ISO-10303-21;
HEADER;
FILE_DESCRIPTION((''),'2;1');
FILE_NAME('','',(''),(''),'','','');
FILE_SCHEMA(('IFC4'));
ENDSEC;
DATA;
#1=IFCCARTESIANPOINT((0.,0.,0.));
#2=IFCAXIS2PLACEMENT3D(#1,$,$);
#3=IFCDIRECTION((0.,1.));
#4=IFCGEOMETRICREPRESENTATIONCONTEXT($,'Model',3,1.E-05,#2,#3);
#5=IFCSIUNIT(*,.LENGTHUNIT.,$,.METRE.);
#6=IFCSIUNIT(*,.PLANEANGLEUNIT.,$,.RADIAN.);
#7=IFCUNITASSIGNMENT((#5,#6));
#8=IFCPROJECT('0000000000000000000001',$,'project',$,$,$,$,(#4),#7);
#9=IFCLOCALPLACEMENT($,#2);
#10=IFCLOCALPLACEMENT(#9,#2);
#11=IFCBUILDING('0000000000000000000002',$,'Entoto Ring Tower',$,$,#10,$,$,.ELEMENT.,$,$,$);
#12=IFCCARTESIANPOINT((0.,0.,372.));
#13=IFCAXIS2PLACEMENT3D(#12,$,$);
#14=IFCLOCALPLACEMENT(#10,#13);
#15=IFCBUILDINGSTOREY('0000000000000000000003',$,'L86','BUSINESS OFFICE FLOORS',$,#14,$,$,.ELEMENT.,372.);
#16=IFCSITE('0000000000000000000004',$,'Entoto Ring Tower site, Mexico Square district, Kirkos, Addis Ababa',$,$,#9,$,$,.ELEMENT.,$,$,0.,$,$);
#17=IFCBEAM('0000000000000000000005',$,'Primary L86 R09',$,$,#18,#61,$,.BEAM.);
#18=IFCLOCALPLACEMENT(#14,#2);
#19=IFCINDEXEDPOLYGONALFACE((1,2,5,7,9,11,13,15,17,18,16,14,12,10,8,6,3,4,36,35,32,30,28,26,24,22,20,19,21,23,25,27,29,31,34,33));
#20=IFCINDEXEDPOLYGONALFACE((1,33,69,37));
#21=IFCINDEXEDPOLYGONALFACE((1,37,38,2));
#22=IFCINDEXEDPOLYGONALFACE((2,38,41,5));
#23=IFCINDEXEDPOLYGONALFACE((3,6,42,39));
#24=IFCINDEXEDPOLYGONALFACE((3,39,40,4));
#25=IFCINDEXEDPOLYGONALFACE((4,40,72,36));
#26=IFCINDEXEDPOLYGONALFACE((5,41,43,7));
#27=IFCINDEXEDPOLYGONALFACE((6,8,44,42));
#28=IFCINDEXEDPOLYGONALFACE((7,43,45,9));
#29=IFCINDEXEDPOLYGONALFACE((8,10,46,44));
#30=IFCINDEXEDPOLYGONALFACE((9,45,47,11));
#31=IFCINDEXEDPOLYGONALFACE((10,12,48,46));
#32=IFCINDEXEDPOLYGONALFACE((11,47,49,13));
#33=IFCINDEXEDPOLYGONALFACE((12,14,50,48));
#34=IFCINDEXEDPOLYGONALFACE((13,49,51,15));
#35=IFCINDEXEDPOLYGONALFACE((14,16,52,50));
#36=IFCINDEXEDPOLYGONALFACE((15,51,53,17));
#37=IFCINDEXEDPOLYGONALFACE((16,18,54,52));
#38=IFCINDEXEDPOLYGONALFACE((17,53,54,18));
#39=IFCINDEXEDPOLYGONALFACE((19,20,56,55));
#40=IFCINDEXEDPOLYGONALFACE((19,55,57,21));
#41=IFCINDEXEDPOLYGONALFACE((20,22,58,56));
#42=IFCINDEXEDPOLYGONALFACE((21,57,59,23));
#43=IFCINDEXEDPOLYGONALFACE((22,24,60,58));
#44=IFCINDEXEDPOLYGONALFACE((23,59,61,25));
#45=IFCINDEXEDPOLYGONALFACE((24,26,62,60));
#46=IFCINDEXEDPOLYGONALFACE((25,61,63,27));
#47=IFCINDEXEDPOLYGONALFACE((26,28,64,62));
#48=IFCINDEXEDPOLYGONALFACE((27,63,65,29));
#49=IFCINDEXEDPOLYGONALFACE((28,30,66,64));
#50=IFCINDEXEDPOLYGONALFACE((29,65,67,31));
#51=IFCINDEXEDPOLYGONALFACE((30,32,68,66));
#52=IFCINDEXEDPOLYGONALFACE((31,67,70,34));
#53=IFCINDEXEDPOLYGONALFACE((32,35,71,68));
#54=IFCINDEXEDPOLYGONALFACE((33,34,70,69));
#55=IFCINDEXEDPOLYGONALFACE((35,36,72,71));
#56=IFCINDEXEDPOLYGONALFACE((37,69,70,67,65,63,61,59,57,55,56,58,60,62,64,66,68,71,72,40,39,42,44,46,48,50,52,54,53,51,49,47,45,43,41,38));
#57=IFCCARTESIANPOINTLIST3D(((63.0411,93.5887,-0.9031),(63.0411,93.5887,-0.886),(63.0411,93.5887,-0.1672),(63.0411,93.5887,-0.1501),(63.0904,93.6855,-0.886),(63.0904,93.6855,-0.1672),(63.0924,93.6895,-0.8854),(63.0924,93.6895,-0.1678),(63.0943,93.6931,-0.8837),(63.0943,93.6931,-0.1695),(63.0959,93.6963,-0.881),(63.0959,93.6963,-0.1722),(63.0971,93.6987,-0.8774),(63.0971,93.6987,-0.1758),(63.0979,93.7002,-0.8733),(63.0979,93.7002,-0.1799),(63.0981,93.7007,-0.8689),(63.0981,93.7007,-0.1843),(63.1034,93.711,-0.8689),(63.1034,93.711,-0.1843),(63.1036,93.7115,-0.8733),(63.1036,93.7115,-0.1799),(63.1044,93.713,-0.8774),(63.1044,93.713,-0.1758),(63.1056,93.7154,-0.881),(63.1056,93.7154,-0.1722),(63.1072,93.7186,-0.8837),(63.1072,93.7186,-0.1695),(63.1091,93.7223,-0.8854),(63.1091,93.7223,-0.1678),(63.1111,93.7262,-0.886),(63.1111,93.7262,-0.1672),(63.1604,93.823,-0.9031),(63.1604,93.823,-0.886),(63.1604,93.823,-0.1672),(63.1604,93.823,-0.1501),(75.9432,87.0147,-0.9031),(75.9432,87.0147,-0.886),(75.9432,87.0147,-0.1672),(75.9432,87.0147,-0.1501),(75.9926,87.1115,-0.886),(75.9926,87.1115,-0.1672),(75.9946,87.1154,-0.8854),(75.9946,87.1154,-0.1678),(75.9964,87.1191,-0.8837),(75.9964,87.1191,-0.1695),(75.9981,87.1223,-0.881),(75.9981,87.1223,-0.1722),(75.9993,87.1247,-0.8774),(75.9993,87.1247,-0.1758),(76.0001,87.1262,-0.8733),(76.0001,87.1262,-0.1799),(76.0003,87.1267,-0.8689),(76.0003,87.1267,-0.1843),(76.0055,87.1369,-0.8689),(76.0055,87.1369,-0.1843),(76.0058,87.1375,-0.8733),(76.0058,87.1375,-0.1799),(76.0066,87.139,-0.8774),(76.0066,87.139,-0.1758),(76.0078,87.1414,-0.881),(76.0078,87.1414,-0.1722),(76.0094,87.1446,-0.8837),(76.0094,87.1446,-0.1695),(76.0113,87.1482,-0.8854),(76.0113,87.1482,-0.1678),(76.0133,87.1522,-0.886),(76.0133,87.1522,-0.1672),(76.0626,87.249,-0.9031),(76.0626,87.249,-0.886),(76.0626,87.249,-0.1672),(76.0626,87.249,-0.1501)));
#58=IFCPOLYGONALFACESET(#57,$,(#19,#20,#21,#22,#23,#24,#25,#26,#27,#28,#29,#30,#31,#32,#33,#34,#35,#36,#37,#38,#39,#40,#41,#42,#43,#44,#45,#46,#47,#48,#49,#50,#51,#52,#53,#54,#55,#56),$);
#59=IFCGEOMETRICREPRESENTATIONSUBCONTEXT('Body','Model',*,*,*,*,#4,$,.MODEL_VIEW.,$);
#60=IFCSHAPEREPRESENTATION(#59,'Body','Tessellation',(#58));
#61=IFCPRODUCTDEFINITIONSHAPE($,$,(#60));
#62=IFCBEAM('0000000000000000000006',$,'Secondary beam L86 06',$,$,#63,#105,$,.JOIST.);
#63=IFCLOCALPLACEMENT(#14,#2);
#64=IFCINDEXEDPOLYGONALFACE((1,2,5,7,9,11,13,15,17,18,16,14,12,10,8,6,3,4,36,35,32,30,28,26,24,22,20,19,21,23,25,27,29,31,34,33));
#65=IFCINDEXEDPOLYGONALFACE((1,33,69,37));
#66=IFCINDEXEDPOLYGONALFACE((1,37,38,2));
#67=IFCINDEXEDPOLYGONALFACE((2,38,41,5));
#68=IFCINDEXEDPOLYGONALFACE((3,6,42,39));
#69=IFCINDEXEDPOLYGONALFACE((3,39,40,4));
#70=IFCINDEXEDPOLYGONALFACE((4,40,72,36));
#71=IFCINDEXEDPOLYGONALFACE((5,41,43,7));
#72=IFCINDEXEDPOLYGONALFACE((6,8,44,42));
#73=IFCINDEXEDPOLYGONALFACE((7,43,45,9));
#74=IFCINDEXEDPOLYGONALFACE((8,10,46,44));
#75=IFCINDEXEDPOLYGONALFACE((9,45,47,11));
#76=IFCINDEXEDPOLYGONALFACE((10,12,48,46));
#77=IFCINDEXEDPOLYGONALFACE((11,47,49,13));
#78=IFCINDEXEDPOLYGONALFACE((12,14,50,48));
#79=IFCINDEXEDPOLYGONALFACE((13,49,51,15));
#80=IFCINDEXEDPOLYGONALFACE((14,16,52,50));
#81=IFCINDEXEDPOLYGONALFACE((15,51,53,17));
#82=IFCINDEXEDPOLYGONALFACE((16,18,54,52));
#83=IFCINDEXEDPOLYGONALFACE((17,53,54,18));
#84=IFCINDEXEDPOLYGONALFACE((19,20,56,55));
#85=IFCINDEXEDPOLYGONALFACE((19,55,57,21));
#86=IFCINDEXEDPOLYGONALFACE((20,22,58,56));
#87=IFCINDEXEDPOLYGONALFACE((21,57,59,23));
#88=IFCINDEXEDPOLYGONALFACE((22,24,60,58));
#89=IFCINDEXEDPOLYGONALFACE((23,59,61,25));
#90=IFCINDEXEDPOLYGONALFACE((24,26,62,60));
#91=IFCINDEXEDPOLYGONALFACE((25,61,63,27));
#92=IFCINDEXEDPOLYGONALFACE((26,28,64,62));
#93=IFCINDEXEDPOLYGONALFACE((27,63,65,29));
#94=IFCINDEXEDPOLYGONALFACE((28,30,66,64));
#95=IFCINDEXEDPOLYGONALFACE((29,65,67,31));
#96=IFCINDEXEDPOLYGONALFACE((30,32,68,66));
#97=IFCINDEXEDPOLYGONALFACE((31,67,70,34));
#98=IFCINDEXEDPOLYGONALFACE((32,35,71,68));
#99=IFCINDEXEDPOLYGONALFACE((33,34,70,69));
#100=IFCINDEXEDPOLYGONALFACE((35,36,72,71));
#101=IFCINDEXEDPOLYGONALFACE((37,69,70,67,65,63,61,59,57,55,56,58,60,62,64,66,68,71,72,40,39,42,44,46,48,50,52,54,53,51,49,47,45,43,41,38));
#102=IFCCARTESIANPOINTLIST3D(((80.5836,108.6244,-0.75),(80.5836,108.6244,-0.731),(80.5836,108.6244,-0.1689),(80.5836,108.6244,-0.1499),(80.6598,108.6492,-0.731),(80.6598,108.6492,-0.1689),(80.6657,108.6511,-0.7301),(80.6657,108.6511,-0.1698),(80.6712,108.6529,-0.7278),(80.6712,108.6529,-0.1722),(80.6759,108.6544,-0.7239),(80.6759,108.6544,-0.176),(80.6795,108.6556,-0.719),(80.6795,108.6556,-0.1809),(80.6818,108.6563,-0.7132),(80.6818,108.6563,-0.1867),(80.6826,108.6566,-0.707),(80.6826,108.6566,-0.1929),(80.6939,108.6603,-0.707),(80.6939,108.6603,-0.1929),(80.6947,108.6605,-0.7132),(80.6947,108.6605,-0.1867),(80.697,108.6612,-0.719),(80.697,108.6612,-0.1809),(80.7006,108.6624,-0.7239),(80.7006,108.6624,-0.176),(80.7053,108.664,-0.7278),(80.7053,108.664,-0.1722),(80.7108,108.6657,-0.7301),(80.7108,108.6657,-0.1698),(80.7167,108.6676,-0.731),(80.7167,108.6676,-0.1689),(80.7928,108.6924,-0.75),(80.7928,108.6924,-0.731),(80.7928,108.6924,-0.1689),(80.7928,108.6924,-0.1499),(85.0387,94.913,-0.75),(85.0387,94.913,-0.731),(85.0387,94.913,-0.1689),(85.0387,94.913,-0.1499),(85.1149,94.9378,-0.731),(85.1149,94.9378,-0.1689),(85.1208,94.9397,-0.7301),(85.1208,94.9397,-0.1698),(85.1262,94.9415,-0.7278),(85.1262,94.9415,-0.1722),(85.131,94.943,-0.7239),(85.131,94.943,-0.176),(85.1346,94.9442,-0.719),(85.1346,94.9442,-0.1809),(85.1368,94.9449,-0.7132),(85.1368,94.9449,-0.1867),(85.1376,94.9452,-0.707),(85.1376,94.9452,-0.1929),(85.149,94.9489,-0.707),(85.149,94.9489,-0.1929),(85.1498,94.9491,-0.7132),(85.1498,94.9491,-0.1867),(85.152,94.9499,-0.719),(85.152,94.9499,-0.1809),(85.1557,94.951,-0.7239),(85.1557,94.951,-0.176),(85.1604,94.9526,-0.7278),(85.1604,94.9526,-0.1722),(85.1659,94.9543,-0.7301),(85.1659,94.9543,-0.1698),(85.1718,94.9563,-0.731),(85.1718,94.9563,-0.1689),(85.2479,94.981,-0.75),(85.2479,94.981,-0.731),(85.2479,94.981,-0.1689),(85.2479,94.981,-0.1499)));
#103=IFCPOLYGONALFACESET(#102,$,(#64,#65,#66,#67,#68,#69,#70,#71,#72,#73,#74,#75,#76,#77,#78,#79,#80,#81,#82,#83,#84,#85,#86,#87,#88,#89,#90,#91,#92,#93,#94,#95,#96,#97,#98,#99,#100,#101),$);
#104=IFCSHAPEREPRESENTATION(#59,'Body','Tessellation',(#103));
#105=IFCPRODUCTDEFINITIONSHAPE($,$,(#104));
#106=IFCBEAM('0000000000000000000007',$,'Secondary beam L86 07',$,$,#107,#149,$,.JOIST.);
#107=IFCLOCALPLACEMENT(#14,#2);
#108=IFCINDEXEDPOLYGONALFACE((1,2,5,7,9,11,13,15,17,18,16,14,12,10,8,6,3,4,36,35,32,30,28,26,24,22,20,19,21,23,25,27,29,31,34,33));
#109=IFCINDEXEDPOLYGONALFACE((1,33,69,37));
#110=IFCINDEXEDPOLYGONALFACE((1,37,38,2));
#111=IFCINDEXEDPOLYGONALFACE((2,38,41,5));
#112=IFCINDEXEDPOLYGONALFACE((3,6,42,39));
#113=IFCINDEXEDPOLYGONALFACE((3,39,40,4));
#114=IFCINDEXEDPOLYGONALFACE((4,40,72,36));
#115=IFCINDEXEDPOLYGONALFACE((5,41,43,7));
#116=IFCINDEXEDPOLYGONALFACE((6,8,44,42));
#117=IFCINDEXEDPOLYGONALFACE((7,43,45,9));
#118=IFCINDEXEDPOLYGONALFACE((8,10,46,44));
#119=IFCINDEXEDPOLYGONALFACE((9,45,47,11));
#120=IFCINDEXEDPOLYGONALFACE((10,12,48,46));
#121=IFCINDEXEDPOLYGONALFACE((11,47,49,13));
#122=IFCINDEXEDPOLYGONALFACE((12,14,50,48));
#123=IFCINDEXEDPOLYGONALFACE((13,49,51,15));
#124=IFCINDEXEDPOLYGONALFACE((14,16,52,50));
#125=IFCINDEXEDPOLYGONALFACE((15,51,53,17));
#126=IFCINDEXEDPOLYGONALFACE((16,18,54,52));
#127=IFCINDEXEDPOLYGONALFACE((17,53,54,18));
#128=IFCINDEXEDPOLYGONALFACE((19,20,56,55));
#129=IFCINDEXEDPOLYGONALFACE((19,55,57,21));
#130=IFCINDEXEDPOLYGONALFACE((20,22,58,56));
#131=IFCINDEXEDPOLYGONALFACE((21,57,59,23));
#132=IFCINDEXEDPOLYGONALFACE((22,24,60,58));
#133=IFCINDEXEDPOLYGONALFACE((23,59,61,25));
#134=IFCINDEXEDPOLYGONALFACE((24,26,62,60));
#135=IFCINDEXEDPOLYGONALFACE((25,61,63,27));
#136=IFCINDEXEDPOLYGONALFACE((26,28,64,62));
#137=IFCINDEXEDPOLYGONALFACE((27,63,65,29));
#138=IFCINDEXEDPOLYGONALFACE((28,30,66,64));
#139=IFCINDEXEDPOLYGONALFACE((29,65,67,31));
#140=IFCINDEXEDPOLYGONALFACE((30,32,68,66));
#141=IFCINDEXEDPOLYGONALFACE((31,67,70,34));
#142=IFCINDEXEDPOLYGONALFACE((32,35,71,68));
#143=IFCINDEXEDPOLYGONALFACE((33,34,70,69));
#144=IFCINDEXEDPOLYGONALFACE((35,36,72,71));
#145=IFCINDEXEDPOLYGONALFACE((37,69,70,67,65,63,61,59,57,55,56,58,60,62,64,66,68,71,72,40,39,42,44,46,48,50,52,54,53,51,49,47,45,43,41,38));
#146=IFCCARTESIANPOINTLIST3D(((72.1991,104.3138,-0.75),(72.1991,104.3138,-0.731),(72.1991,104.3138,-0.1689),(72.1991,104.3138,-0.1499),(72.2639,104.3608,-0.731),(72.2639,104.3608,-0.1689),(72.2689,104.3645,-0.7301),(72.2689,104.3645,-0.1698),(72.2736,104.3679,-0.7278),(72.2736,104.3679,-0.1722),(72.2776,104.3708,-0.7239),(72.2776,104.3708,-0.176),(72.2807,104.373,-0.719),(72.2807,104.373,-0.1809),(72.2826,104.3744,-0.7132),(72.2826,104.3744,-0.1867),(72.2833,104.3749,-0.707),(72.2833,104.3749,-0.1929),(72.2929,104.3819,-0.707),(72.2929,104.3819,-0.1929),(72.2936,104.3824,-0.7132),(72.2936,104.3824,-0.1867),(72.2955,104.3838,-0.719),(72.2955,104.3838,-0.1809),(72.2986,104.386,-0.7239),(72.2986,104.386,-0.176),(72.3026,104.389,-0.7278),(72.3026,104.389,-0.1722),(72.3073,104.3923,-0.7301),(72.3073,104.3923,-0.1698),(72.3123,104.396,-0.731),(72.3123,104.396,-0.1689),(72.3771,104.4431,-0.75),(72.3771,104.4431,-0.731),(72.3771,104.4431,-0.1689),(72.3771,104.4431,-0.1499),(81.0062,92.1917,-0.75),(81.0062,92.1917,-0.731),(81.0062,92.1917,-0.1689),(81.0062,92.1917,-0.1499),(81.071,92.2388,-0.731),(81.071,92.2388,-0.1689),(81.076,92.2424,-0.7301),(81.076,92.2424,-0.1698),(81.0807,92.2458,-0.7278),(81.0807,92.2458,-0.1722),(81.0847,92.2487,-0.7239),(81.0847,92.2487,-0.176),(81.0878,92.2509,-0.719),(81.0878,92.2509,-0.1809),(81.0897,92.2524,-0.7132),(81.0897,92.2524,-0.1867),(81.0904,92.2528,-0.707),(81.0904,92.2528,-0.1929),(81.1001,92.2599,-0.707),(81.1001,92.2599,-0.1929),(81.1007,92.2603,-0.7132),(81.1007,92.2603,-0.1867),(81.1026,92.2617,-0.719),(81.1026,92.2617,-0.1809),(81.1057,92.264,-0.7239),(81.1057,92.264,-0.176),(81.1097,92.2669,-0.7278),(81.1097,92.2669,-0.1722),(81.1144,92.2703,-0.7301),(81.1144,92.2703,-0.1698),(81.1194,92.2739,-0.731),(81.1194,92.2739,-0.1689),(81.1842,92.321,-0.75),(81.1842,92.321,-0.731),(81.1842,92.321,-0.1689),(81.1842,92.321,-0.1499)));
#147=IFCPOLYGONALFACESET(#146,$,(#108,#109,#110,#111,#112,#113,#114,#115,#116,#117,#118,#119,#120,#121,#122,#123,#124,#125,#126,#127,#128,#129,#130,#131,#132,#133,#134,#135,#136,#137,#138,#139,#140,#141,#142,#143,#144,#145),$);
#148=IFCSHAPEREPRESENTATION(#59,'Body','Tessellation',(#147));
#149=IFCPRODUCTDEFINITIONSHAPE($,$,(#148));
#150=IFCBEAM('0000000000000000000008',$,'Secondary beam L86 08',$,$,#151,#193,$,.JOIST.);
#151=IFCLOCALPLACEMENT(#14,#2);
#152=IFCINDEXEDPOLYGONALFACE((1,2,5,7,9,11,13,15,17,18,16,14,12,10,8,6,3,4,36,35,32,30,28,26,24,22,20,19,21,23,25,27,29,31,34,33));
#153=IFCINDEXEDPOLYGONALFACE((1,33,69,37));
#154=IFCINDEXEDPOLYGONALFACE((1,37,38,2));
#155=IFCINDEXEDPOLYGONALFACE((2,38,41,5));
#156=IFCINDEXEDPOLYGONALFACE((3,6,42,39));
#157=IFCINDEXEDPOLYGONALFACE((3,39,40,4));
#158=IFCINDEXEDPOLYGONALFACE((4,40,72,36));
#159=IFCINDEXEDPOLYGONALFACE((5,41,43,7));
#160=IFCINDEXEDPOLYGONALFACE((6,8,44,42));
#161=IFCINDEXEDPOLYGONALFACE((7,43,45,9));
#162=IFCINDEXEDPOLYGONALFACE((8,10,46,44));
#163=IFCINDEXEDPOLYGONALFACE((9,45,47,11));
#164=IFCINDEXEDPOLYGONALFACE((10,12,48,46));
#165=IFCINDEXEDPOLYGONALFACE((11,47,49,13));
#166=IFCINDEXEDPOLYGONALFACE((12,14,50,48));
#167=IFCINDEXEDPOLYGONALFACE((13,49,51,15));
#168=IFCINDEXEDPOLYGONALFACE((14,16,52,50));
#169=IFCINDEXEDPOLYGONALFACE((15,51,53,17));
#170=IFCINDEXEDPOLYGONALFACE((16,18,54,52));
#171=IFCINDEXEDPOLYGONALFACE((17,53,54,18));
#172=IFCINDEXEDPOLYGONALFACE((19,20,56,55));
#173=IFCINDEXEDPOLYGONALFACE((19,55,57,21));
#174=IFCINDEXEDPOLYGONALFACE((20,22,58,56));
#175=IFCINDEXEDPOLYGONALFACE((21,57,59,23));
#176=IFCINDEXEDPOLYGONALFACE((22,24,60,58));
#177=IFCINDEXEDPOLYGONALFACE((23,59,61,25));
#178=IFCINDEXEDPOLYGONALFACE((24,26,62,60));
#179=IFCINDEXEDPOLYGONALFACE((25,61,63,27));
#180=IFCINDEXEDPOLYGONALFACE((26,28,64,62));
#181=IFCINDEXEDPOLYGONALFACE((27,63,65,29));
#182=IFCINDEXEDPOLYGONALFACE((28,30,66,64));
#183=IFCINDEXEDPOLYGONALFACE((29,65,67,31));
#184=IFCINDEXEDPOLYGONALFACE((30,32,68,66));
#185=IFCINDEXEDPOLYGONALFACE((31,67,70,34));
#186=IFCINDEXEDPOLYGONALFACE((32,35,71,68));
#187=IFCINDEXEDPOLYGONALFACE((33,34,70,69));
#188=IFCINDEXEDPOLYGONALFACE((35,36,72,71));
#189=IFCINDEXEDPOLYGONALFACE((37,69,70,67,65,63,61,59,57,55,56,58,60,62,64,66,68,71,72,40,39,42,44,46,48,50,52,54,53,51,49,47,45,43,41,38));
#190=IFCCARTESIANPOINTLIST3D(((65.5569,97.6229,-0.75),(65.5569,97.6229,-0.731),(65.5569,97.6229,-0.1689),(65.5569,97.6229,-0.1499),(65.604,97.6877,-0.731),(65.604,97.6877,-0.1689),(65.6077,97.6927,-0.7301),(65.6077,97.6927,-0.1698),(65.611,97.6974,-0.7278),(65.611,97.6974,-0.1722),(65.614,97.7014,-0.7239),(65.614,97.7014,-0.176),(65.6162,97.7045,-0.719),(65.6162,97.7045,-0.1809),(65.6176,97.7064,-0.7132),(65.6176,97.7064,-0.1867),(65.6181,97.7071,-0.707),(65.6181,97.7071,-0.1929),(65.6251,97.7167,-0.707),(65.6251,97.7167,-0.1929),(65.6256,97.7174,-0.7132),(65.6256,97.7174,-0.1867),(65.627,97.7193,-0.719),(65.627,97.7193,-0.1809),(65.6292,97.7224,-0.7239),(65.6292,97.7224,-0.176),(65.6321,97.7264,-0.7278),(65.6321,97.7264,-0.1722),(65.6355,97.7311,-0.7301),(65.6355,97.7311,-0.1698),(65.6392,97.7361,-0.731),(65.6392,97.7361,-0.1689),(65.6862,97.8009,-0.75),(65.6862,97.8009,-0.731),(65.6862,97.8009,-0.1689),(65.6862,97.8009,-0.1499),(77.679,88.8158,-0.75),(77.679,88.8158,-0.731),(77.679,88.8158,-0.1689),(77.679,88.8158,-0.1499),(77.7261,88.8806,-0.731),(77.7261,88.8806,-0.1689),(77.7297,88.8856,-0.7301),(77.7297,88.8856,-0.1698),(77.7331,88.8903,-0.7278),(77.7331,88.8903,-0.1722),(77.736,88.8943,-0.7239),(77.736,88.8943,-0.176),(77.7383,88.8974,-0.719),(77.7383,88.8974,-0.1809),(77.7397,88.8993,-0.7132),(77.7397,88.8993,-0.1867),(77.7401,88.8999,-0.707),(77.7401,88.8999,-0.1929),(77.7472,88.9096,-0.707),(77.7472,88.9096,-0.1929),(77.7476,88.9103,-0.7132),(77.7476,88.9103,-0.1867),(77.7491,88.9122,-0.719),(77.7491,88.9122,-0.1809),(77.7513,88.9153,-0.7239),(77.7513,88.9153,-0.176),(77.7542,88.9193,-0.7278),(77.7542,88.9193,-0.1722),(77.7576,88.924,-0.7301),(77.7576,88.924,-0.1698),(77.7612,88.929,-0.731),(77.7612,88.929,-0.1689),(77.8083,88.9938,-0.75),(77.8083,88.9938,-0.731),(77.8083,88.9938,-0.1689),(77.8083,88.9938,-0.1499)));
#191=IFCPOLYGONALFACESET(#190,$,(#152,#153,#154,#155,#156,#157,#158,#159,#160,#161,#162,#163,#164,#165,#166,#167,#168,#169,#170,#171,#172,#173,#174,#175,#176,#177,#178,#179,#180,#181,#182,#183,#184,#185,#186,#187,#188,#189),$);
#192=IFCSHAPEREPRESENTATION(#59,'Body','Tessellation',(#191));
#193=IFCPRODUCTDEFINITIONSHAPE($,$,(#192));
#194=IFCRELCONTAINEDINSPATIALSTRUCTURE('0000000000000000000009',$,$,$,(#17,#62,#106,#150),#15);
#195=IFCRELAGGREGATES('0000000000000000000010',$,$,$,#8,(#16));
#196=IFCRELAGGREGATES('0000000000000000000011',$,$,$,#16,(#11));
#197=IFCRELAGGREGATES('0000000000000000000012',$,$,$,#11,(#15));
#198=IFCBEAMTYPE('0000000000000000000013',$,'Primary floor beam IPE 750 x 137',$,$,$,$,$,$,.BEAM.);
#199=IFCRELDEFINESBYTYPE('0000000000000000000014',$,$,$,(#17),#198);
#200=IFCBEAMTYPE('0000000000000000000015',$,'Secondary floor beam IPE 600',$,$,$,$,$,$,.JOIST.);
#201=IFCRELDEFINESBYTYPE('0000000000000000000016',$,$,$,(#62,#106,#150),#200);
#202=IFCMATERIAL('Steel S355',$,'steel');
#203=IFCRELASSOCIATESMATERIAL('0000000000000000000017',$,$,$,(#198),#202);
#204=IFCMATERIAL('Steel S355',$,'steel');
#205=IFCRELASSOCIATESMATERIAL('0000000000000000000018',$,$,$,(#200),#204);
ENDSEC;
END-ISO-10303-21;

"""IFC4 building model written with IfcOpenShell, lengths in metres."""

from ifc_helpers import new_model, si_unit, direction, frame, origin, origin_2d, place, context, subcontext, project, spatial, i_section, extrude, material, material_profile, profile_set, type_object, element, save


model = new_model("IFC4")

# Units and contexts
model_context = context("Model", 3, precision=1e-05, world=origin(), true_north=direction((0.0, 1.0)))
body_context = subcontext(model_context, "Body", "Model", "MODEL_VIEW")
ifc_project = project(units=[si_unit("LENGTHUNIT", "METRE"), si_unit("PLANEANGLEUNIT", "RADIAN")], contexts=[model_context])

# Site, building, storey
site_placement = place(None, origin())
site = spatial("IfcSite", under=ifc_project, at=site_placement, Name="Entoto Ring Tower site, Mexico Square district, Kirkos, Addis Ababa", CompositionType="ELEMENT", RefElevation=0.0)
building_placement = place(site_placement, origin())
building = spatial("IfcBuilding", under=site, at=building_placement, Name="Entoto Ring Tower", CompositionType="ELEMENT")
storey_placement = place(building_placement, frame((0.0, 0.0, 372.0)))
storey = spatial("IfcBuildingStorey", under=building, at=storey_placement, Name="L86", Description="BUSINESS OFFICE FLOORS", CompositionType="ELEMENT", Elevation=372.0)

# Beams
ifc_material_1 = material(Name="Steel S355", Category="steel")
ifc_material_profile_1 = material_profile(ifc_material_1, i_section(OverallWidth=0.2629, OverallDepth=0.7529, WebThickness=0.0115, FlangeThickness=0.0171, FilletRadius=0.0171, at=origin_2d()), Name="IPE 750 x 137")
ifc_profile_set_1 = profile_set([ifc_material_profile_1], Name="Steel S355")
beam_type_1 = type_object("IfcBeamType", Name="Primary floor beam IPE 750 x 137", PredefinedType="BEAM", material=ifc_profile_set_1)
beam_1_placement = place(storey_placement, frame((76.0029, 87.1318, -0.5266), z_axis=(-0.891006, 0.453992, 0.0), x_axis=(-0.453992, -0.891006, 0.0)))
element("IfcBeam", 1, at=beam_1_placement, inside=storey, type_object=beam_type_1, Name="Primary L86 R09", PredefinedType="BEAM", context=body_context, shape_type="SweptSolid", body=[
    extrude(i_section(OverallWidth=0.2629, OverallDepth=0.7529, WebThickness=0.0115, FlangeThickness=0.0171, FilletRadius=0.0171, at=origin_2d()), origin(), (0.0, 0.0, 1.0), 14.4805),
])
ifc_material_2 = material(Name="Steel S355", Category="steel")
ifc_material_profile_2 = material_profile(ifc_material_2, i_section(OverallWidth=0.22, OverallDepth=0.6001, WebThickness=0.012, FlangeThickness=0.019, FilletRadius=0.0239, at=origin_2d()), Name="IPE 600")
ifc_profile_set_2 = profile_set([ifc_material_profile_2], Name="Steel S355")
beam_type_2 = type_object("IfcBeamType", Name="Secondary floor beam IPE 600", PredefinedType="JOIST", material=ifc_profile_set_2)
beam_2_placement = place(storey_placement, frame((85.1433, 94.947, -0.45), z_axis=(-0.309015, 0.951057, 0.0), x_axis=(-0.951057, -0.309015, 0.0)))
element("IfcBeam", 2, at=beam_2_placement, inside=storey, type_object=beam_type_2, Name="Secondary beam L86 06", PredefinedType="JOIST", context=body_context, shape_type="SweptSolid", body=[
    extrude(i_section(OverallWidth=0.22, OverallDepth=0.6001, WebThickness=0.012, FlangeThickness=0.019, FilletRadius=0.0239, at=origin_2d()), origin(), (0.0, 0.0, 1.0), 14.417),
])
for number, where, z_axis, x_axis, name in (
    (3, (81.0952, 92.2563, -0.45), (-0.587782, 0.809019, 0.0), (-0.809019, -0.587782, 0.0), "Secondary beam L86 07"),
    (4, (77.7437, 88.9048, -0.45), (-0.809019, 0.587782, 0.0), (-0.587782, -0.809019, 0.0), "Secondary beam L86 08"),
):
    element("IfcBeam", number, at=place(storey_placement, frame(where, z_axis=z_axis, x_axis=x_axis)), inside=storey, type_object=beam_type_2, Name=name, PredefinedType="JOIST", context=body_context, shape_type="SweptSolid", body=[
        extrude(i_section(OverallWidth=0.22, OverallDepth=0.6001, WebThickness=0.012, FlangeThickness=0.019, FilletRadius=0.0239, at=origin_2d()), origin(), (0.0, 0.0, 1.0), 14.9836),
    ])

save(model, "model.ifc")
